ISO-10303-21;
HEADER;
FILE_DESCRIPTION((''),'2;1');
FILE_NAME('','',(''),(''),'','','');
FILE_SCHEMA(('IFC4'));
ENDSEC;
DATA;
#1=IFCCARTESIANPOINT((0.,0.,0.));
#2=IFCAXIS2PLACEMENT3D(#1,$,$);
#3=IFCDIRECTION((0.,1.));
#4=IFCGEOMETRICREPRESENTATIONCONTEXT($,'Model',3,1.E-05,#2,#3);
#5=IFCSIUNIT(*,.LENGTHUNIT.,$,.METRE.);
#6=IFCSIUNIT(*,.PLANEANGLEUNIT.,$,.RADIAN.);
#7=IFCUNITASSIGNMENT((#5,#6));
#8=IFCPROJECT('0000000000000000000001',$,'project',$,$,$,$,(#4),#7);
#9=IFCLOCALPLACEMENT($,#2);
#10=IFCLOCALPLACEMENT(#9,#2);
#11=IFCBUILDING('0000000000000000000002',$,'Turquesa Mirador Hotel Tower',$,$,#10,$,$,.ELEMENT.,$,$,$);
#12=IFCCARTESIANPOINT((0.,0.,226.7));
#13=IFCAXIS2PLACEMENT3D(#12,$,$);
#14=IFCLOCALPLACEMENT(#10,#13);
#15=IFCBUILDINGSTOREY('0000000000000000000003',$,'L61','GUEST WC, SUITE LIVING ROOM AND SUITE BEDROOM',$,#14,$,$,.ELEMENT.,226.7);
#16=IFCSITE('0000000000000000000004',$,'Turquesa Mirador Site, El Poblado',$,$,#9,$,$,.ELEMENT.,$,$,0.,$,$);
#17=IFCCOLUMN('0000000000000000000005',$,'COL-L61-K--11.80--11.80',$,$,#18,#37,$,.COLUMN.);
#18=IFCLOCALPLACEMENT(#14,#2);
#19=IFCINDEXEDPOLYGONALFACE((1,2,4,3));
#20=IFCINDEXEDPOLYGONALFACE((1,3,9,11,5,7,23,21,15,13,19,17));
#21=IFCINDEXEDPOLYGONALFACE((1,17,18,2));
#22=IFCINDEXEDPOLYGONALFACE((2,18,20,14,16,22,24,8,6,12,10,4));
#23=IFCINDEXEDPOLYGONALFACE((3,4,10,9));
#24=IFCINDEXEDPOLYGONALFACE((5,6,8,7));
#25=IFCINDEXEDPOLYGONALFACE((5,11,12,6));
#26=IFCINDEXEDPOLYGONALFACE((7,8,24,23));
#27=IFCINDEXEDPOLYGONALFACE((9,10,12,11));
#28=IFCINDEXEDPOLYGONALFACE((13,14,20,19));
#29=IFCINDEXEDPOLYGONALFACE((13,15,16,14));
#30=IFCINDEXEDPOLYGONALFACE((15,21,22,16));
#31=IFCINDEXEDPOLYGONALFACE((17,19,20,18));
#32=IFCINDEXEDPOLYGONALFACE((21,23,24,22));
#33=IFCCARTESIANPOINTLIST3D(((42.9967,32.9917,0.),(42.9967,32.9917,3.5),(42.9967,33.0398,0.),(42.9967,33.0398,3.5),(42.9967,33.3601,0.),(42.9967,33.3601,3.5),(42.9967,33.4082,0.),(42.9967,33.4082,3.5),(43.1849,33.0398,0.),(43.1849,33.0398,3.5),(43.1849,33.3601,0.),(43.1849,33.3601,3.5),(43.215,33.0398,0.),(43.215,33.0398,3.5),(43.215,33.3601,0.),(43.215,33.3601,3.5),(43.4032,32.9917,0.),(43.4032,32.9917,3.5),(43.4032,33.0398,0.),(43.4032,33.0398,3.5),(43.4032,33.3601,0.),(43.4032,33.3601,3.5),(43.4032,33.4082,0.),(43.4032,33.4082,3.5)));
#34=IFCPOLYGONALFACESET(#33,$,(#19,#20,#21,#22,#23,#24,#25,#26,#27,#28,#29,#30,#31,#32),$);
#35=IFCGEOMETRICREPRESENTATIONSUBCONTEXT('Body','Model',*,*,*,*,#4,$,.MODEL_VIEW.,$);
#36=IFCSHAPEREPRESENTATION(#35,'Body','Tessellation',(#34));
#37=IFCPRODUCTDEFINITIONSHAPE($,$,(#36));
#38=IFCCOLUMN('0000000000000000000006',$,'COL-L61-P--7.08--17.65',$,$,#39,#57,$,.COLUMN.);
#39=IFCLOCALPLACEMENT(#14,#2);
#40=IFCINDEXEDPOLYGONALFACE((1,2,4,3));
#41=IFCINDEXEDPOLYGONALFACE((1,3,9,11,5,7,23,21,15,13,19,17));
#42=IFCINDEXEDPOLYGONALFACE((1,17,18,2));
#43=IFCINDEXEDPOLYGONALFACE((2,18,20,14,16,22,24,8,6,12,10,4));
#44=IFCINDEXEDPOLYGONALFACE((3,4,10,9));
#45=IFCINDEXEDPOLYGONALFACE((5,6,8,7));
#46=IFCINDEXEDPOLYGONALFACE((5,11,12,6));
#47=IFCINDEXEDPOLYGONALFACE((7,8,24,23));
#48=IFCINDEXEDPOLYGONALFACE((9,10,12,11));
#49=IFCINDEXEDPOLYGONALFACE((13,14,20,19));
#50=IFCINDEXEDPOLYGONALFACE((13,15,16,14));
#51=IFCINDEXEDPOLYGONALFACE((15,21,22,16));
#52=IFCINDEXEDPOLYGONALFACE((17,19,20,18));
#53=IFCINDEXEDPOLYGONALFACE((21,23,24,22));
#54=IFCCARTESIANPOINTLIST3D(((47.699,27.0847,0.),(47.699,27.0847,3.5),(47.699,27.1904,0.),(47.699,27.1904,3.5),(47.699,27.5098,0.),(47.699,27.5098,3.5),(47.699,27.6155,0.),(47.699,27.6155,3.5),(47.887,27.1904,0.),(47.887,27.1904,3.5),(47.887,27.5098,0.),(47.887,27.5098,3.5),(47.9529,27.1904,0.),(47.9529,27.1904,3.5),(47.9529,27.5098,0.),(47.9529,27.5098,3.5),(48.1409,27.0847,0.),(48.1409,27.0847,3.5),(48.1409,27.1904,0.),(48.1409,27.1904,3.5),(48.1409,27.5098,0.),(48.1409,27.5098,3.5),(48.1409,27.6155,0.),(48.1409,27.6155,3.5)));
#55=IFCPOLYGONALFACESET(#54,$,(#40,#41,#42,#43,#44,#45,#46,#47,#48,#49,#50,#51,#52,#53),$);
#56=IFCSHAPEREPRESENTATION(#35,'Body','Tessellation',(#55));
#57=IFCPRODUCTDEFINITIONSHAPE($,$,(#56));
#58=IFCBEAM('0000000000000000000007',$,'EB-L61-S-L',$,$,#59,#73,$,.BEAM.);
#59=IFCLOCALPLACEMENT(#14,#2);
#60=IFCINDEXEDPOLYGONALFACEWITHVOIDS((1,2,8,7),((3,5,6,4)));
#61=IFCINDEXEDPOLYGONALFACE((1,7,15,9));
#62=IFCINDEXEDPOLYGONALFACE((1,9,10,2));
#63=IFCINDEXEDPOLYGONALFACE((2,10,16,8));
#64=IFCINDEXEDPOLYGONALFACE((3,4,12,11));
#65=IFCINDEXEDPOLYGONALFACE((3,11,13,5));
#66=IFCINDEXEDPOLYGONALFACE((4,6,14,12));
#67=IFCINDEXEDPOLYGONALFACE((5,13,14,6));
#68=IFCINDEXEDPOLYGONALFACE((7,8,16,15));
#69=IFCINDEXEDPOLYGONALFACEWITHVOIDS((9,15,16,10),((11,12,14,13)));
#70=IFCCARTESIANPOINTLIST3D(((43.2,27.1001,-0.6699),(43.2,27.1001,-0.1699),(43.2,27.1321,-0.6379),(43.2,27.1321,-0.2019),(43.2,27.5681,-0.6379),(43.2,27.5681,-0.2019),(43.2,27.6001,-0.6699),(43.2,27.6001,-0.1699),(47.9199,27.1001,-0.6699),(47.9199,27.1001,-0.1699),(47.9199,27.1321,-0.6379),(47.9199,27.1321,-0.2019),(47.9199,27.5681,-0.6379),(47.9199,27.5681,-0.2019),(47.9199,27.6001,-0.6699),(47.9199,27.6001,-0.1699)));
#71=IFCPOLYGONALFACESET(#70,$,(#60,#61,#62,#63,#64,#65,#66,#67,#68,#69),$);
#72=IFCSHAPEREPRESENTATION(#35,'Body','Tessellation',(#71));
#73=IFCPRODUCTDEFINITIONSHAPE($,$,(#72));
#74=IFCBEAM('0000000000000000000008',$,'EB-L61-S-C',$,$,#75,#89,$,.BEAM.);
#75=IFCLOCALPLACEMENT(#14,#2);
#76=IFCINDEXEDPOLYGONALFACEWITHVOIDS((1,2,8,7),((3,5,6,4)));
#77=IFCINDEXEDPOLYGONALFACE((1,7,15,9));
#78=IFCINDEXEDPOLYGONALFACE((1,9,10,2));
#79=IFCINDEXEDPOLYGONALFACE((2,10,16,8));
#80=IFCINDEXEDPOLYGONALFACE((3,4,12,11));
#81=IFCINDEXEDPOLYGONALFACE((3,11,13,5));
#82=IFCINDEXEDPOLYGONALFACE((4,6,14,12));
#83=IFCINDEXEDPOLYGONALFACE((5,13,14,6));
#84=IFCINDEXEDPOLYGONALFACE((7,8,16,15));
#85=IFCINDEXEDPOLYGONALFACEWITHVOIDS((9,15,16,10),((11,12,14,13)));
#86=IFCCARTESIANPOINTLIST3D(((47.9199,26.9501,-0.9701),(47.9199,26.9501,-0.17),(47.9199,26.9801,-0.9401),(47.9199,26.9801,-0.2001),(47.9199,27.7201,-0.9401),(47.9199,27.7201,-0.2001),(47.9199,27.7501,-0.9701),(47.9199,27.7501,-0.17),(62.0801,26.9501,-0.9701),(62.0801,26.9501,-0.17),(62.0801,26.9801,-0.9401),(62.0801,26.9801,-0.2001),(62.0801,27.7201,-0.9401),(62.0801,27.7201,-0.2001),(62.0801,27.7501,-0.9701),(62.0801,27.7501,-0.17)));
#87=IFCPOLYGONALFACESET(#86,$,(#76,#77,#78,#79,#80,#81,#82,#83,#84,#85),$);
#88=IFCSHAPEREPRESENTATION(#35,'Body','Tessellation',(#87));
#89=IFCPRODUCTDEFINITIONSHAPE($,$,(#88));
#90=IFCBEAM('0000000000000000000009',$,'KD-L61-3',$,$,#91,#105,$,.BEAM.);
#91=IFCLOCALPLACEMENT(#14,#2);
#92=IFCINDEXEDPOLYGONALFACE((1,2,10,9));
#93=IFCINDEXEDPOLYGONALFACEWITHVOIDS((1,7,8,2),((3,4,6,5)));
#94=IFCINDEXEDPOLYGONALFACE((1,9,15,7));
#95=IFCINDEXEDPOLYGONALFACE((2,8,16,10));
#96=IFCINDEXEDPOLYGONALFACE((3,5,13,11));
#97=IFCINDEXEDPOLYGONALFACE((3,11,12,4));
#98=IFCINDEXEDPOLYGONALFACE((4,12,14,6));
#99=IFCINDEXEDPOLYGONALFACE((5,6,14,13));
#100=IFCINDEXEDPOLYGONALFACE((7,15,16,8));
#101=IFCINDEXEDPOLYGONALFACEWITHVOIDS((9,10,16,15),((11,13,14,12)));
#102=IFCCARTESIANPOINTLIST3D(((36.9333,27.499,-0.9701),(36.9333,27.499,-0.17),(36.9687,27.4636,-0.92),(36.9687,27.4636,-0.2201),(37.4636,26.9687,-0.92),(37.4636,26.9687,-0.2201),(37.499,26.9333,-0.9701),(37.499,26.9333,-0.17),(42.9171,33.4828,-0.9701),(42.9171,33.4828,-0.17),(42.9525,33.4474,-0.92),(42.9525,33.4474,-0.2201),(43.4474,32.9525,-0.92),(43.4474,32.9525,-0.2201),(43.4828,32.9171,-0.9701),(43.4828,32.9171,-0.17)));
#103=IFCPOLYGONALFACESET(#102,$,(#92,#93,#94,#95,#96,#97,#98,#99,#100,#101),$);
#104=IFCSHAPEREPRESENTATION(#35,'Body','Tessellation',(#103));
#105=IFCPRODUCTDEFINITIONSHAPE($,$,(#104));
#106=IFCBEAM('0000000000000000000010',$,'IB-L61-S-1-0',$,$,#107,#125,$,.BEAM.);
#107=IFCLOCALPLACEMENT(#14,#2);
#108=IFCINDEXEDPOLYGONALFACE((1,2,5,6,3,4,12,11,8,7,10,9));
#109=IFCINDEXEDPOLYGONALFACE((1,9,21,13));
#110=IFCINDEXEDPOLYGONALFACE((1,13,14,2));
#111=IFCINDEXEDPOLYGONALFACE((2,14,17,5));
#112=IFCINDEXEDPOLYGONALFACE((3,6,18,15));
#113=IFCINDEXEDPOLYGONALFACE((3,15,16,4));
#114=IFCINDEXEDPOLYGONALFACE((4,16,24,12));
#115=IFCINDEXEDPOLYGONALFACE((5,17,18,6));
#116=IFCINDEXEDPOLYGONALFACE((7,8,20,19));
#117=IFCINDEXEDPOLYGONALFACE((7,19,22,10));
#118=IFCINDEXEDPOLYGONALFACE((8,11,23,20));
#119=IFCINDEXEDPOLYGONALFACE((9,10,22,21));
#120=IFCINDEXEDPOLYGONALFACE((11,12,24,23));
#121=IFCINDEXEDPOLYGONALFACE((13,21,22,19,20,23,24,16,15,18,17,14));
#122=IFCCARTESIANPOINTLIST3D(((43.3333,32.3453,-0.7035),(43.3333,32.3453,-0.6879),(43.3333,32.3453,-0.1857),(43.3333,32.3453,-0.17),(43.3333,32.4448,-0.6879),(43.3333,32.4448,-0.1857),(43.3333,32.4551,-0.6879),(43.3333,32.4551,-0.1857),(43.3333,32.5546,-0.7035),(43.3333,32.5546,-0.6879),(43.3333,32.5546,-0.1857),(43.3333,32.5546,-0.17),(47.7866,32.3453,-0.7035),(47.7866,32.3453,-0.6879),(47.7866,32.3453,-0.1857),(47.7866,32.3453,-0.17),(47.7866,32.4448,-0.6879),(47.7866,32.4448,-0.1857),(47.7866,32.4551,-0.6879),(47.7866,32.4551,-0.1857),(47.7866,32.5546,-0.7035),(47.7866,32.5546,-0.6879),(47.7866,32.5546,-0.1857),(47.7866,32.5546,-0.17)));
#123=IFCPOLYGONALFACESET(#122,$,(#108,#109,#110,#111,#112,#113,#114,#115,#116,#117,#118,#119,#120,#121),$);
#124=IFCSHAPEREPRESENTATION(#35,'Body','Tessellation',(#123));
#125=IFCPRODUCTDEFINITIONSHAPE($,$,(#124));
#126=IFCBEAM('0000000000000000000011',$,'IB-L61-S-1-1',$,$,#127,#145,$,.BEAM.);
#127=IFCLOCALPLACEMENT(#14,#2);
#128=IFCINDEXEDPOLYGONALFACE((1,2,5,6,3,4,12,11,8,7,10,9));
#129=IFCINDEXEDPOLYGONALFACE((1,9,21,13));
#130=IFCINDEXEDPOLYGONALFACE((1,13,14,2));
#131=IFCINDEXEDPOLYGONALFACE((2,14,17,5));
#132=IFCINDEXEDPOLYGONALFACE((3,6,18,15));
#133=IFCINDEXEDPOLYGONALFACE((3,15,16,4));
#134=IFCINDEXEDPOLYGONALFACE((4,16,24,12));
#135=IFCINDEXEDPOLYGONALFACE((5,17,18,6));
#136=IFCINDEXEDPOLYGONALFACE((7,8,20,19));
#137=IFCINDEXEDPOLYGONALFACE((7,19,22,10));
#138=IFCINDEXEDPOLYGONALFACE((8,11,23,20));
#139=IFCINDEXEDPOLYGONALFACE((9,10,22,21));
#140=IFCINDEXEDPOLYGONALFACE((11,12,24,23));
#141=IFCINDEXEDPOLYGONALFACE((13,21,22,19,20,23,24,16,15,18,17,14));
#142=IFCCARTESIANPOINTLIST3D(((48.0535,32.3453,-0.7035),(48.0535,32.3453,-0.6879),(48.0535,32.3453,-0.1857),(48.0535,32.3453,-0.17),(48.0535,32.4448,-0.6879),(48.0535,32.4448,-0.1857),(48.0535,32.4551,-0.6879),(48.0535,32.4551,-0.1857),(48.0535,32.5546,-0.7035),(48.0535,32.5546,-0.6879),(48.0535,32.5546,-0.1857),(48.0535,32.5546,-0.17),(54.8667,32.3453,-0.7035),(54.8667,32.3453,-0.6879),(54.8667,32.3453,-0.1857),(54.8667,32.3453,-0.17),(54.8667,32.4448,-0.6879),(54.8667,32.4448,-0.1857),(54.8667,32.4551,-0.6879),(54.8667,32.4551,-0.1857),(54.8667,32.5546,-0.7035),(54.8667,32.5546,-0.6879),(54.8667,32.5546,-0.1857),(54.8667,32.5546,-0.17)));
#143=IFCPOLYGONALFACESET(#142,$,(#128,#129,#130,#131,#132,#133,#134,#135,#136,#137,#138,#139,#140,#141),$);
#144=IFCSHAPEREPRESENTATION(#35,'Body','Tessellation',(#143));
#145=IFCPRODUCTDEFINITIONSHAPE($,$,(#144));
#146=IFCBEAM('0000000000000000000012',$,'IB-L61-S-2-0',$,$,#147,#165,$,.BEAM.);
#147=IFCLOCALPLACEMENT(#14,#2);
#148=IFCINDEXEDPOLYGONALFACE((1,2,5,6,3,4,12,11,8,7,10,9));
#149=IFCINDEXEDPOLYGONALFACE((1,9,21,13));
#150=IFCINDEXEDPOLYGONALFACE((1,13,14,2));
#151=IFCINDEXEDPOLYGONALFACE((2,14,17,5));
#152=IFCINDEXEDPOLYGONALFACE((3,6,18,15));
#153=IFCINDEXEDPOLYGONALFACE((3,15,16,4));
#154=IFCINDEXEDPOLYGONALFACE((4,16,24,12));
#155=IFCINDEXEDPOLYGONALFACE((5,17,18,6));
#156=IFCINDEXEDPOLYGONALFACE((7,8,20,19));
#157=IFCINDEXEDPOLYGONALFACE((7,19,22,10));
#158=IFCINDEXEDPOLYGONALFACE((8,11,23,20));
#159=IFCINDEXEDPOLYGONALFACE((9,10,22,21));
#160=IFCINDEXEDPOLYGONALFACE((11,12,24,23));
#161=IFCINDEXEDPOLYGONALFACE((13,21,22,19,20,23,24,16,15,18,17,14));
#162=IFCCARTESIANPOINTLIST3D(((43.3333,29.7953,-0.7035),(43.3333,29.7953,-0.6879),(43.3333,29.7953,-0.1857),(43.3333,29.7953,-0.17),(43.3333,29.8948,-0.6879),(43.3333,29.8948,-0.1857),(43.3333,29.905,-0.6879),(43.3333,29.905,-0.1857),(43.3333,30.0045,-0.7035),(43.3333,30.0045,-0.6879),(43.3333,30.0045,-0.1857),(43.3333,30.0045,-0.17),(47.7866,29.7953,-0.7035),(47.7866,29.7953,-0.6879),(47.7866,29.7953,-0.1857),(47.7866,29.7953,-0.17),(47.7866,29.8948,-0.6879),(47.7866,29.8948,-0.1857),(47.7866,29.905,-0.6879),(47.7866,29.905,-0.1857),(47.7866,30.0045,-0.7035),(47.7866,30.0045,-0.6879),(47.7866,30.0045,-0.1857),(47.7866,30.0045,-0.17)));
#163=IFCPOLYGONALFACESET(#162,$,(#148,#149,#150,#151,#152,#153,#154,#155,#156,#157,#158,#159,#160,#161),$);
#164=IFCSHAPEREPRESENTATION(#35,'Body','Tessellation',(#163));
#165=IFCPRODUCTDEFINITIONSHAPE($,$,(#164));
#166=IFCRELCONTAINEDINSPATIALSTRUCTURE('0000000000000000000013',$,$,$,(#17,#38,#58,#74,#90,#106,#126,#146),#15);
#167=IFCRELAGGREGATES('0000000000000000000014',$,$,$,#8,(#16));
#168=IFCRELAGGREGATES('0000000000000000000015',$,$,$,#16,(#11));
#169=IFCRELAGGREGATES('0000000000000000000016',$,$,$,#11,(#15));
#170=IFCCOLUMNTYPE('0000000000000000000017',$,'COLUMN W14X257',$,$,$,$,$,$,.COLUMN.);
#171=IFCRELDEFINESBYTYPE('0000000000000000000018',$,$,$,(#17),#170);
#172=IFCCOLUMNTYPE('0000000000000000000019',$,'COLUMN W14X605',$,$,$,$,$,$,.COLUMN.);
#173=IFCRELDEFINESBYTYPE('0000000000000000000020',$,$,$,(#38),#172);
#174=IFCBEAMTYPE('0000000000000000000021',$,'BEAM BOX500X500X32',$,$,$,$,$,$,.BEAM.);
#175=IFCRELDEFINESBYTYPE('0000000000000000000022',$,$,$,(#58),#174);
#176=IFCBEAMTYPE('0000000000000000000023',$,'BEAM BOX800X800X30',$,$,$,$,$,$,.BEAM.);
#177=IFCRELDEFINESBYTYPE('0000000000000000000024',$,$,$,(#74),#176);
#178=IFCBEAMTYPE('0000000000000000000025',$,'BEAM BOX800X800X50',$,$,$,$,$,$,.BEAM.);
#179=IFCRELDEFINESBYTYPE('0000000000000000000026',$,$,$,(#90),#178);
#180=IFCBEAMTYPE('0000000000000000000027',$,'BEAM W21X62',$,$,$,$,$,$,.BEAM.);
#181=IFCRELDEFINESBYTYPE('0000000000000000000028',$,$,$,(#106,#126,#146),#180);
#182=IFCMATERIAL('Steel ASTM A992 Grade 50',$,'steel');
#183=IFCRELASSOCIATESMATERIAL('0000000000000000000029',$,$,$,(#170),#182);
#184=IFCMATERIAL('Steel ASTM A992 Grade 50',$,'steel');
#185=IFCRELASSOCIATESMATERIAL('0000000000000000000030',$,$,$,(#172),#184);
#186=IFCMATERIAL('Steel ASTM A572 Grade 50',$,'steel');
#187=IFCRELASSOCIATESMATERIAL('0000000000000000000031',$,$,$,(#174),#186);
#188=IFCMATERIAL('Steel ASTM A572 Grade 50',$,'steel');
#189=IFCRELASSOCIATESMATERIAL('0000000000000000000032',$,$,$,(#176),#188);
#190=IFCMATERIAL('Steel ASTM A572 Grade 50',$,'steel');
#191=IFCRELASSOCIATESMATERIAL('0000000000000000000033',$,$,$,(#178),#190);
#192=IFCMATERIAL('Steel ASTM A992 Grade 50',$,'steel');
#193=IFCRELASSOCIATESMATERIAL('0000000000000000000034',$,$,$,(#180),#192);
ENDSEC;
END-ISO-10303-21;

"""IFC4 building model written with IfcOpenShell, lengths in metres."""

from ifc_helpers import new_model, si_unit, direction, frame, origin, origin_2d, place, context, subcontext, project, spatial, hollow_rectangle, i_section, extrude, material, material_profile, profile_set, type_object, element, save


model = new_model("IFC4")

# Units and contexts
model_context = context("Model", 3, precision=1e-05, world=origin(), true_north=direction((0.0, 1.0)))
body_context = subcontext(model_context, "Body", "Model", "MODEL_VIEW")
ifc_project = project(units=[si_unit("LENGTHUNIT", "METRE"), si_unit("PLANEANGLEUNIT", "RADIAN")], contexts=[model_context])

# Site, building, storey
site_placement = place(None, origin())
site = spatial("IfcSite", under=ifc_project, at=site_placement, Name="Turquesa Mirador Site, El Poblado", CompositionType="ELEMENT", RefElevation=0.0)
building_placement = place(site_placement, origin())
building = spatial("IfcBuilding", under=site, at=building_placement, Name="Turquesa Mirador Hotel Tower", CompositionType="ELEMENT")
storey_placement = place(building_placement, frame((0.0, 0.0, 226.7)))
storey = spatial("IfcBuildingStorey", under=building, at=storey_placement, Name="L61", Description="GUEST WC, SUITE LIVING ROOM AND SUITE BEDROOM", CompositionType="ELEMENT", Elevation=226.7)

# Columns
ifc_material_1 = material(Name="Steel ASTM A992 Grade 50", Category="steel")
ifc_material_profile_1 = material_profile(ifc_material_1, i_section(OverallWidth=0.4065, OverallDepth=0.4165, WebThickness=0.03, FlangeThickness=0.0481, at=origin_2d()), Name="W14X257")
ifc_profile_set_1 = profile_set([ifc_material_profile_1], Name="Steel ASTM A992 Grade 50")
column_type_1 = type_object("IfcColumnType", Name="COLUMN W14X257", PredefinedType="COLUMN", material=ifc_profile_set_1)
column_1_placement = place(storey_placement, frame((43.2, 33.2, 0.0), z_axis=(0.0, 0.0, 1.0), x_axis=(1.0, 0.0, 0.0)))
element("IfcColumn", 1, at=column_1_placement, inside=storey, type_object=column_type_1, Name="COL-L61-K--11.80--11.80", PredefinedType="COLUMN", context=body_context, shape_type="SweptSolid", body=[
    extrude(i_section(OverallWidth=0.4065, OverallDepth=0.4165, WebThickness=0.03, FlangeThickness=0.0481, at=origin_2d()), origin(), (0.0, 0.0, 1.0), 3.5),
])
ifc_material_2 = material(Name="Steel ASTM A992 Grade 50", Category="steel")
ifc_material_profile_2 = material_profile(ifc_material_2, i_section(OverallWidth=0.4419, OverallDepth=0.5308, WebThickness=0.0659, FlangeThickness=0.1057, at=origin_2d()), Name="W14X605")
ifc_profile_set_2 = profile_set([ifc_material_profile_2], Name="Steel ASTM A992 Grade 50")
column_type_2 = type_object("IfcColumnType", Name="COLUMN W14X605", PredefinedType="COLUMN", material=ifc_profile_set_2)
column_2_placement = place(storey_placement, frame((47.9199, 27.3501, 0.0), z_axis=(0.0, 0.0, 1.0), x_axis=(1.0, 0.0, 0.0)))
element("IfcColumn", 2, at=column_2_placement, inside=storey, type_object=column_type_2, Name="COL-L61-P--7.08--17.65", PredefinedType="COLUMN", context=body_context, shape_type="SweptSolid", body=[
    extrude(i_section(OverallWidth=0.4419, OverallDepth=0.5308, WebThickness=0.0659, FlangeThickness=0.1057, at=origin_2d()), origin(), (0.0, 0.0, 1.0), 3.5),
])

# Beams
ifc_material_3 = material(Name="Steel ASTM A572 Grade 50", Category="steel")
ifc_material_profile_3 = material_profile(ifc_material_3, hollow_rectangle(XDim=0.5, YDim=0.5, WallThickness=0.032, at=origin_2d()), Name="BOX500X500X32")
ifc_profile_set_3 = profile_set([ifc_material_profile_3], Name="Steel ASTM A572 Grade 50")
beam_type_1 = type_object("IfcBeamType", Name="BEAM BOX500X500X32", PredefinedType="BEAM", material=ifc_profile_set_3)
beam_1_placement = place(storey_placement, frame((43.2, 27.3501, -0.4199), z_axis=(1.0, 0.0, 0.0), x_axis=(0.0, 1.0, 0.0)))
element("IfcBeam", 3, at=beam_1_placement, inside=storey, type_object=beam_type_1, Name="EB-L61-S-L", PredefinedType="BEAM", context=body_context, shape_type="SweptSolid", body=[
    extrude(hollow_rectangle(XDim=0.5, YDim=0.5, WallThickness=0.032, at=origin_2d()), origin(), (0.0, 0.0, 1.0), 4.72),
])
ifc_material_4 = material(Name="Steel ASTM A572 Grade 50", Category="steel")
ifc_material_profile_4 = material_profile(ifc_material_4, hollow_rectangle(XDim=0.8, YDim=0.8, WallThickness=0.03, at=origin_2d()), Name="BOX800X800X30")
ifc_profile_set_4 = profile_set([ifc_material_profile_4], Name="Steel ASTM A572 Grade 50")
beam_type_2 = type_object("IfcBeamType", Name="BEAM BOX800X800X30", PredefinedType="BEAM", material=ifc_profile_set_4)
beam_2_placement = place(storey_placement, frame((47.9199, 27.3501, -0.5701), z_axis=(1.0, 0.0, 0.0), x_axis=(0.0, 1.0, 0.0)))
element("IfcBeam", 4, at=beam_2_placement, inside=storey, type_object=beam_type_2, Name="EB-L61-S-C", PredefinedType="BEAM", context=body_context, shape_type="SweptSolid", body=[
    extrude(hollow_rectangle(XDim=0.8, YDim=0.8, WallThickness=0.03, at=origin_2d()), origin(), (0.0, 0.0, 1.0), 14.1602),
])
ifc_material_5 = material(Name="Steel ASTM A572 Grade 50", Category="steel")
ifc_material_profile_5 = material_profile(ifc_material_5, hollow_rectangle(XDim=0.8, YDim=0.8, WallThickness=0.05, at=origin_2d()), Name="BOX800X800X50")
ifc_profile_set_5 = profile_set([ifc_material_profile_5], Name="Steel ASTM A572 Grade 50")
beam_type_3 = type_object("IfcBeamType", Name="BEAM BOX800X800X50", PredefinedType="BEAM", material=ifc_profile_set_5)
beam_3_placement = place(storey_placement, frame((43.2, 33.2, -0.5701), z_axis=(-0.707107, -0.707107, 0.0), x_axis=(0.707107, -0.707107, 0.0)))
element("IfcBeam", 5, at=beam_3_placement, inside=storey, type_object=beam_type_3, Name="KD-L61-3", PredefinedType="BEAM", context=body_context, shape_type="SweptSolid", body=[
    extrude(hollow_rectangle(XDim=0.8, YDim=0.8, WallThickness=0.05, at=origin_2d()), origin(), (0.0, 0.0, 1.0), 8.4624),
])
ifc_material_6 = material(Name="Steel ASTM A992 Grade 50", Category="steel")
ifc_material_profile_6 = material_profile(ifc_material_6, i_section(OverallWidth=0.2092, OverallDepth=0.5334, WebThickness=0.0103, FlangeThickness=0.0156, at=origin_2d()), Name="W21X62")
ifc_profile_set_6 = profile_set([ifc_material_profile_6], Name="Steel ASTM A992 Grade 50")
beam_type_4 = type_object("IfcBeamType", Name="BEAM W21X62", PredefinedType="BEAM", material=ifc_profile_set_6)
beam_4_placement = place(storey_placement, frame((43.3333, 32.45, -0.4368), z_axis=(1.0, 0.0, 0.0), x_axis=(0.0, 1.0, 0.0)))
element("IfcBeam", 6, at=beam_4_placement, inside=storey, type_object=beam_type_4, Name="IB-L61-S-1-0", PredefinedType="BEAM", context=body_context, shape_type="SweptSolid", body=[
    extrude(i_section(OverallWidth=0.2092, OverallDepth=0.5334, WebThickness=0.0103, FlangeThickness=0.0156, at=origin_2d()), origin(), (0.0, 0.0, 1.0), 4.4534),
])
beam_5_placement = place(storey_placement, frame((48.0535, 32.45, -0.4368), z_axis=(1.0, 0.0, 0.0), x_axis=(0.0, 1.0, 0.0)))
element("IfcBeam", 7, at=beam_5_placement, inside=storey, type_object=beam_type_4, Name="IB-L61-S-1-1", PredefinedType="BEAM", context=body_context, shape_type="SweptSolid", body=[
    extrude(i_section(OverallWidth=0.2092, OverallDepth=0.5334, WebThickness=0.0103, FlangeThickness=0.0156, at=origin_2d()), origin(), (0.0, 0.0, 1.0), 6.8132),
])
beam_6_placement = place(storey_placement, frame((43.3333, 29.8999, -0.4368), z_axis=(1.0, 0.0, 0.0), x_axis=(0.0, 1.0, 0.0)))
element("IfcBeam", 8, at=beam_6_placement, inside=storey, type_object=beam_type_4, Name="IB-L61-S-2-0", PredefinedType="BEAM", context=body_context, shape_type="SweptSolid", body=[
    extrude(i_section(OverallWidth=0.2092, OverallDepth=0.5334, WebThickness=0.0103, FlangeThickness=0.0156, at=origin_2d()), origin(), (0.0, 0.0, 1.0), 4.4534),
])

save(model, "model.ifc")
